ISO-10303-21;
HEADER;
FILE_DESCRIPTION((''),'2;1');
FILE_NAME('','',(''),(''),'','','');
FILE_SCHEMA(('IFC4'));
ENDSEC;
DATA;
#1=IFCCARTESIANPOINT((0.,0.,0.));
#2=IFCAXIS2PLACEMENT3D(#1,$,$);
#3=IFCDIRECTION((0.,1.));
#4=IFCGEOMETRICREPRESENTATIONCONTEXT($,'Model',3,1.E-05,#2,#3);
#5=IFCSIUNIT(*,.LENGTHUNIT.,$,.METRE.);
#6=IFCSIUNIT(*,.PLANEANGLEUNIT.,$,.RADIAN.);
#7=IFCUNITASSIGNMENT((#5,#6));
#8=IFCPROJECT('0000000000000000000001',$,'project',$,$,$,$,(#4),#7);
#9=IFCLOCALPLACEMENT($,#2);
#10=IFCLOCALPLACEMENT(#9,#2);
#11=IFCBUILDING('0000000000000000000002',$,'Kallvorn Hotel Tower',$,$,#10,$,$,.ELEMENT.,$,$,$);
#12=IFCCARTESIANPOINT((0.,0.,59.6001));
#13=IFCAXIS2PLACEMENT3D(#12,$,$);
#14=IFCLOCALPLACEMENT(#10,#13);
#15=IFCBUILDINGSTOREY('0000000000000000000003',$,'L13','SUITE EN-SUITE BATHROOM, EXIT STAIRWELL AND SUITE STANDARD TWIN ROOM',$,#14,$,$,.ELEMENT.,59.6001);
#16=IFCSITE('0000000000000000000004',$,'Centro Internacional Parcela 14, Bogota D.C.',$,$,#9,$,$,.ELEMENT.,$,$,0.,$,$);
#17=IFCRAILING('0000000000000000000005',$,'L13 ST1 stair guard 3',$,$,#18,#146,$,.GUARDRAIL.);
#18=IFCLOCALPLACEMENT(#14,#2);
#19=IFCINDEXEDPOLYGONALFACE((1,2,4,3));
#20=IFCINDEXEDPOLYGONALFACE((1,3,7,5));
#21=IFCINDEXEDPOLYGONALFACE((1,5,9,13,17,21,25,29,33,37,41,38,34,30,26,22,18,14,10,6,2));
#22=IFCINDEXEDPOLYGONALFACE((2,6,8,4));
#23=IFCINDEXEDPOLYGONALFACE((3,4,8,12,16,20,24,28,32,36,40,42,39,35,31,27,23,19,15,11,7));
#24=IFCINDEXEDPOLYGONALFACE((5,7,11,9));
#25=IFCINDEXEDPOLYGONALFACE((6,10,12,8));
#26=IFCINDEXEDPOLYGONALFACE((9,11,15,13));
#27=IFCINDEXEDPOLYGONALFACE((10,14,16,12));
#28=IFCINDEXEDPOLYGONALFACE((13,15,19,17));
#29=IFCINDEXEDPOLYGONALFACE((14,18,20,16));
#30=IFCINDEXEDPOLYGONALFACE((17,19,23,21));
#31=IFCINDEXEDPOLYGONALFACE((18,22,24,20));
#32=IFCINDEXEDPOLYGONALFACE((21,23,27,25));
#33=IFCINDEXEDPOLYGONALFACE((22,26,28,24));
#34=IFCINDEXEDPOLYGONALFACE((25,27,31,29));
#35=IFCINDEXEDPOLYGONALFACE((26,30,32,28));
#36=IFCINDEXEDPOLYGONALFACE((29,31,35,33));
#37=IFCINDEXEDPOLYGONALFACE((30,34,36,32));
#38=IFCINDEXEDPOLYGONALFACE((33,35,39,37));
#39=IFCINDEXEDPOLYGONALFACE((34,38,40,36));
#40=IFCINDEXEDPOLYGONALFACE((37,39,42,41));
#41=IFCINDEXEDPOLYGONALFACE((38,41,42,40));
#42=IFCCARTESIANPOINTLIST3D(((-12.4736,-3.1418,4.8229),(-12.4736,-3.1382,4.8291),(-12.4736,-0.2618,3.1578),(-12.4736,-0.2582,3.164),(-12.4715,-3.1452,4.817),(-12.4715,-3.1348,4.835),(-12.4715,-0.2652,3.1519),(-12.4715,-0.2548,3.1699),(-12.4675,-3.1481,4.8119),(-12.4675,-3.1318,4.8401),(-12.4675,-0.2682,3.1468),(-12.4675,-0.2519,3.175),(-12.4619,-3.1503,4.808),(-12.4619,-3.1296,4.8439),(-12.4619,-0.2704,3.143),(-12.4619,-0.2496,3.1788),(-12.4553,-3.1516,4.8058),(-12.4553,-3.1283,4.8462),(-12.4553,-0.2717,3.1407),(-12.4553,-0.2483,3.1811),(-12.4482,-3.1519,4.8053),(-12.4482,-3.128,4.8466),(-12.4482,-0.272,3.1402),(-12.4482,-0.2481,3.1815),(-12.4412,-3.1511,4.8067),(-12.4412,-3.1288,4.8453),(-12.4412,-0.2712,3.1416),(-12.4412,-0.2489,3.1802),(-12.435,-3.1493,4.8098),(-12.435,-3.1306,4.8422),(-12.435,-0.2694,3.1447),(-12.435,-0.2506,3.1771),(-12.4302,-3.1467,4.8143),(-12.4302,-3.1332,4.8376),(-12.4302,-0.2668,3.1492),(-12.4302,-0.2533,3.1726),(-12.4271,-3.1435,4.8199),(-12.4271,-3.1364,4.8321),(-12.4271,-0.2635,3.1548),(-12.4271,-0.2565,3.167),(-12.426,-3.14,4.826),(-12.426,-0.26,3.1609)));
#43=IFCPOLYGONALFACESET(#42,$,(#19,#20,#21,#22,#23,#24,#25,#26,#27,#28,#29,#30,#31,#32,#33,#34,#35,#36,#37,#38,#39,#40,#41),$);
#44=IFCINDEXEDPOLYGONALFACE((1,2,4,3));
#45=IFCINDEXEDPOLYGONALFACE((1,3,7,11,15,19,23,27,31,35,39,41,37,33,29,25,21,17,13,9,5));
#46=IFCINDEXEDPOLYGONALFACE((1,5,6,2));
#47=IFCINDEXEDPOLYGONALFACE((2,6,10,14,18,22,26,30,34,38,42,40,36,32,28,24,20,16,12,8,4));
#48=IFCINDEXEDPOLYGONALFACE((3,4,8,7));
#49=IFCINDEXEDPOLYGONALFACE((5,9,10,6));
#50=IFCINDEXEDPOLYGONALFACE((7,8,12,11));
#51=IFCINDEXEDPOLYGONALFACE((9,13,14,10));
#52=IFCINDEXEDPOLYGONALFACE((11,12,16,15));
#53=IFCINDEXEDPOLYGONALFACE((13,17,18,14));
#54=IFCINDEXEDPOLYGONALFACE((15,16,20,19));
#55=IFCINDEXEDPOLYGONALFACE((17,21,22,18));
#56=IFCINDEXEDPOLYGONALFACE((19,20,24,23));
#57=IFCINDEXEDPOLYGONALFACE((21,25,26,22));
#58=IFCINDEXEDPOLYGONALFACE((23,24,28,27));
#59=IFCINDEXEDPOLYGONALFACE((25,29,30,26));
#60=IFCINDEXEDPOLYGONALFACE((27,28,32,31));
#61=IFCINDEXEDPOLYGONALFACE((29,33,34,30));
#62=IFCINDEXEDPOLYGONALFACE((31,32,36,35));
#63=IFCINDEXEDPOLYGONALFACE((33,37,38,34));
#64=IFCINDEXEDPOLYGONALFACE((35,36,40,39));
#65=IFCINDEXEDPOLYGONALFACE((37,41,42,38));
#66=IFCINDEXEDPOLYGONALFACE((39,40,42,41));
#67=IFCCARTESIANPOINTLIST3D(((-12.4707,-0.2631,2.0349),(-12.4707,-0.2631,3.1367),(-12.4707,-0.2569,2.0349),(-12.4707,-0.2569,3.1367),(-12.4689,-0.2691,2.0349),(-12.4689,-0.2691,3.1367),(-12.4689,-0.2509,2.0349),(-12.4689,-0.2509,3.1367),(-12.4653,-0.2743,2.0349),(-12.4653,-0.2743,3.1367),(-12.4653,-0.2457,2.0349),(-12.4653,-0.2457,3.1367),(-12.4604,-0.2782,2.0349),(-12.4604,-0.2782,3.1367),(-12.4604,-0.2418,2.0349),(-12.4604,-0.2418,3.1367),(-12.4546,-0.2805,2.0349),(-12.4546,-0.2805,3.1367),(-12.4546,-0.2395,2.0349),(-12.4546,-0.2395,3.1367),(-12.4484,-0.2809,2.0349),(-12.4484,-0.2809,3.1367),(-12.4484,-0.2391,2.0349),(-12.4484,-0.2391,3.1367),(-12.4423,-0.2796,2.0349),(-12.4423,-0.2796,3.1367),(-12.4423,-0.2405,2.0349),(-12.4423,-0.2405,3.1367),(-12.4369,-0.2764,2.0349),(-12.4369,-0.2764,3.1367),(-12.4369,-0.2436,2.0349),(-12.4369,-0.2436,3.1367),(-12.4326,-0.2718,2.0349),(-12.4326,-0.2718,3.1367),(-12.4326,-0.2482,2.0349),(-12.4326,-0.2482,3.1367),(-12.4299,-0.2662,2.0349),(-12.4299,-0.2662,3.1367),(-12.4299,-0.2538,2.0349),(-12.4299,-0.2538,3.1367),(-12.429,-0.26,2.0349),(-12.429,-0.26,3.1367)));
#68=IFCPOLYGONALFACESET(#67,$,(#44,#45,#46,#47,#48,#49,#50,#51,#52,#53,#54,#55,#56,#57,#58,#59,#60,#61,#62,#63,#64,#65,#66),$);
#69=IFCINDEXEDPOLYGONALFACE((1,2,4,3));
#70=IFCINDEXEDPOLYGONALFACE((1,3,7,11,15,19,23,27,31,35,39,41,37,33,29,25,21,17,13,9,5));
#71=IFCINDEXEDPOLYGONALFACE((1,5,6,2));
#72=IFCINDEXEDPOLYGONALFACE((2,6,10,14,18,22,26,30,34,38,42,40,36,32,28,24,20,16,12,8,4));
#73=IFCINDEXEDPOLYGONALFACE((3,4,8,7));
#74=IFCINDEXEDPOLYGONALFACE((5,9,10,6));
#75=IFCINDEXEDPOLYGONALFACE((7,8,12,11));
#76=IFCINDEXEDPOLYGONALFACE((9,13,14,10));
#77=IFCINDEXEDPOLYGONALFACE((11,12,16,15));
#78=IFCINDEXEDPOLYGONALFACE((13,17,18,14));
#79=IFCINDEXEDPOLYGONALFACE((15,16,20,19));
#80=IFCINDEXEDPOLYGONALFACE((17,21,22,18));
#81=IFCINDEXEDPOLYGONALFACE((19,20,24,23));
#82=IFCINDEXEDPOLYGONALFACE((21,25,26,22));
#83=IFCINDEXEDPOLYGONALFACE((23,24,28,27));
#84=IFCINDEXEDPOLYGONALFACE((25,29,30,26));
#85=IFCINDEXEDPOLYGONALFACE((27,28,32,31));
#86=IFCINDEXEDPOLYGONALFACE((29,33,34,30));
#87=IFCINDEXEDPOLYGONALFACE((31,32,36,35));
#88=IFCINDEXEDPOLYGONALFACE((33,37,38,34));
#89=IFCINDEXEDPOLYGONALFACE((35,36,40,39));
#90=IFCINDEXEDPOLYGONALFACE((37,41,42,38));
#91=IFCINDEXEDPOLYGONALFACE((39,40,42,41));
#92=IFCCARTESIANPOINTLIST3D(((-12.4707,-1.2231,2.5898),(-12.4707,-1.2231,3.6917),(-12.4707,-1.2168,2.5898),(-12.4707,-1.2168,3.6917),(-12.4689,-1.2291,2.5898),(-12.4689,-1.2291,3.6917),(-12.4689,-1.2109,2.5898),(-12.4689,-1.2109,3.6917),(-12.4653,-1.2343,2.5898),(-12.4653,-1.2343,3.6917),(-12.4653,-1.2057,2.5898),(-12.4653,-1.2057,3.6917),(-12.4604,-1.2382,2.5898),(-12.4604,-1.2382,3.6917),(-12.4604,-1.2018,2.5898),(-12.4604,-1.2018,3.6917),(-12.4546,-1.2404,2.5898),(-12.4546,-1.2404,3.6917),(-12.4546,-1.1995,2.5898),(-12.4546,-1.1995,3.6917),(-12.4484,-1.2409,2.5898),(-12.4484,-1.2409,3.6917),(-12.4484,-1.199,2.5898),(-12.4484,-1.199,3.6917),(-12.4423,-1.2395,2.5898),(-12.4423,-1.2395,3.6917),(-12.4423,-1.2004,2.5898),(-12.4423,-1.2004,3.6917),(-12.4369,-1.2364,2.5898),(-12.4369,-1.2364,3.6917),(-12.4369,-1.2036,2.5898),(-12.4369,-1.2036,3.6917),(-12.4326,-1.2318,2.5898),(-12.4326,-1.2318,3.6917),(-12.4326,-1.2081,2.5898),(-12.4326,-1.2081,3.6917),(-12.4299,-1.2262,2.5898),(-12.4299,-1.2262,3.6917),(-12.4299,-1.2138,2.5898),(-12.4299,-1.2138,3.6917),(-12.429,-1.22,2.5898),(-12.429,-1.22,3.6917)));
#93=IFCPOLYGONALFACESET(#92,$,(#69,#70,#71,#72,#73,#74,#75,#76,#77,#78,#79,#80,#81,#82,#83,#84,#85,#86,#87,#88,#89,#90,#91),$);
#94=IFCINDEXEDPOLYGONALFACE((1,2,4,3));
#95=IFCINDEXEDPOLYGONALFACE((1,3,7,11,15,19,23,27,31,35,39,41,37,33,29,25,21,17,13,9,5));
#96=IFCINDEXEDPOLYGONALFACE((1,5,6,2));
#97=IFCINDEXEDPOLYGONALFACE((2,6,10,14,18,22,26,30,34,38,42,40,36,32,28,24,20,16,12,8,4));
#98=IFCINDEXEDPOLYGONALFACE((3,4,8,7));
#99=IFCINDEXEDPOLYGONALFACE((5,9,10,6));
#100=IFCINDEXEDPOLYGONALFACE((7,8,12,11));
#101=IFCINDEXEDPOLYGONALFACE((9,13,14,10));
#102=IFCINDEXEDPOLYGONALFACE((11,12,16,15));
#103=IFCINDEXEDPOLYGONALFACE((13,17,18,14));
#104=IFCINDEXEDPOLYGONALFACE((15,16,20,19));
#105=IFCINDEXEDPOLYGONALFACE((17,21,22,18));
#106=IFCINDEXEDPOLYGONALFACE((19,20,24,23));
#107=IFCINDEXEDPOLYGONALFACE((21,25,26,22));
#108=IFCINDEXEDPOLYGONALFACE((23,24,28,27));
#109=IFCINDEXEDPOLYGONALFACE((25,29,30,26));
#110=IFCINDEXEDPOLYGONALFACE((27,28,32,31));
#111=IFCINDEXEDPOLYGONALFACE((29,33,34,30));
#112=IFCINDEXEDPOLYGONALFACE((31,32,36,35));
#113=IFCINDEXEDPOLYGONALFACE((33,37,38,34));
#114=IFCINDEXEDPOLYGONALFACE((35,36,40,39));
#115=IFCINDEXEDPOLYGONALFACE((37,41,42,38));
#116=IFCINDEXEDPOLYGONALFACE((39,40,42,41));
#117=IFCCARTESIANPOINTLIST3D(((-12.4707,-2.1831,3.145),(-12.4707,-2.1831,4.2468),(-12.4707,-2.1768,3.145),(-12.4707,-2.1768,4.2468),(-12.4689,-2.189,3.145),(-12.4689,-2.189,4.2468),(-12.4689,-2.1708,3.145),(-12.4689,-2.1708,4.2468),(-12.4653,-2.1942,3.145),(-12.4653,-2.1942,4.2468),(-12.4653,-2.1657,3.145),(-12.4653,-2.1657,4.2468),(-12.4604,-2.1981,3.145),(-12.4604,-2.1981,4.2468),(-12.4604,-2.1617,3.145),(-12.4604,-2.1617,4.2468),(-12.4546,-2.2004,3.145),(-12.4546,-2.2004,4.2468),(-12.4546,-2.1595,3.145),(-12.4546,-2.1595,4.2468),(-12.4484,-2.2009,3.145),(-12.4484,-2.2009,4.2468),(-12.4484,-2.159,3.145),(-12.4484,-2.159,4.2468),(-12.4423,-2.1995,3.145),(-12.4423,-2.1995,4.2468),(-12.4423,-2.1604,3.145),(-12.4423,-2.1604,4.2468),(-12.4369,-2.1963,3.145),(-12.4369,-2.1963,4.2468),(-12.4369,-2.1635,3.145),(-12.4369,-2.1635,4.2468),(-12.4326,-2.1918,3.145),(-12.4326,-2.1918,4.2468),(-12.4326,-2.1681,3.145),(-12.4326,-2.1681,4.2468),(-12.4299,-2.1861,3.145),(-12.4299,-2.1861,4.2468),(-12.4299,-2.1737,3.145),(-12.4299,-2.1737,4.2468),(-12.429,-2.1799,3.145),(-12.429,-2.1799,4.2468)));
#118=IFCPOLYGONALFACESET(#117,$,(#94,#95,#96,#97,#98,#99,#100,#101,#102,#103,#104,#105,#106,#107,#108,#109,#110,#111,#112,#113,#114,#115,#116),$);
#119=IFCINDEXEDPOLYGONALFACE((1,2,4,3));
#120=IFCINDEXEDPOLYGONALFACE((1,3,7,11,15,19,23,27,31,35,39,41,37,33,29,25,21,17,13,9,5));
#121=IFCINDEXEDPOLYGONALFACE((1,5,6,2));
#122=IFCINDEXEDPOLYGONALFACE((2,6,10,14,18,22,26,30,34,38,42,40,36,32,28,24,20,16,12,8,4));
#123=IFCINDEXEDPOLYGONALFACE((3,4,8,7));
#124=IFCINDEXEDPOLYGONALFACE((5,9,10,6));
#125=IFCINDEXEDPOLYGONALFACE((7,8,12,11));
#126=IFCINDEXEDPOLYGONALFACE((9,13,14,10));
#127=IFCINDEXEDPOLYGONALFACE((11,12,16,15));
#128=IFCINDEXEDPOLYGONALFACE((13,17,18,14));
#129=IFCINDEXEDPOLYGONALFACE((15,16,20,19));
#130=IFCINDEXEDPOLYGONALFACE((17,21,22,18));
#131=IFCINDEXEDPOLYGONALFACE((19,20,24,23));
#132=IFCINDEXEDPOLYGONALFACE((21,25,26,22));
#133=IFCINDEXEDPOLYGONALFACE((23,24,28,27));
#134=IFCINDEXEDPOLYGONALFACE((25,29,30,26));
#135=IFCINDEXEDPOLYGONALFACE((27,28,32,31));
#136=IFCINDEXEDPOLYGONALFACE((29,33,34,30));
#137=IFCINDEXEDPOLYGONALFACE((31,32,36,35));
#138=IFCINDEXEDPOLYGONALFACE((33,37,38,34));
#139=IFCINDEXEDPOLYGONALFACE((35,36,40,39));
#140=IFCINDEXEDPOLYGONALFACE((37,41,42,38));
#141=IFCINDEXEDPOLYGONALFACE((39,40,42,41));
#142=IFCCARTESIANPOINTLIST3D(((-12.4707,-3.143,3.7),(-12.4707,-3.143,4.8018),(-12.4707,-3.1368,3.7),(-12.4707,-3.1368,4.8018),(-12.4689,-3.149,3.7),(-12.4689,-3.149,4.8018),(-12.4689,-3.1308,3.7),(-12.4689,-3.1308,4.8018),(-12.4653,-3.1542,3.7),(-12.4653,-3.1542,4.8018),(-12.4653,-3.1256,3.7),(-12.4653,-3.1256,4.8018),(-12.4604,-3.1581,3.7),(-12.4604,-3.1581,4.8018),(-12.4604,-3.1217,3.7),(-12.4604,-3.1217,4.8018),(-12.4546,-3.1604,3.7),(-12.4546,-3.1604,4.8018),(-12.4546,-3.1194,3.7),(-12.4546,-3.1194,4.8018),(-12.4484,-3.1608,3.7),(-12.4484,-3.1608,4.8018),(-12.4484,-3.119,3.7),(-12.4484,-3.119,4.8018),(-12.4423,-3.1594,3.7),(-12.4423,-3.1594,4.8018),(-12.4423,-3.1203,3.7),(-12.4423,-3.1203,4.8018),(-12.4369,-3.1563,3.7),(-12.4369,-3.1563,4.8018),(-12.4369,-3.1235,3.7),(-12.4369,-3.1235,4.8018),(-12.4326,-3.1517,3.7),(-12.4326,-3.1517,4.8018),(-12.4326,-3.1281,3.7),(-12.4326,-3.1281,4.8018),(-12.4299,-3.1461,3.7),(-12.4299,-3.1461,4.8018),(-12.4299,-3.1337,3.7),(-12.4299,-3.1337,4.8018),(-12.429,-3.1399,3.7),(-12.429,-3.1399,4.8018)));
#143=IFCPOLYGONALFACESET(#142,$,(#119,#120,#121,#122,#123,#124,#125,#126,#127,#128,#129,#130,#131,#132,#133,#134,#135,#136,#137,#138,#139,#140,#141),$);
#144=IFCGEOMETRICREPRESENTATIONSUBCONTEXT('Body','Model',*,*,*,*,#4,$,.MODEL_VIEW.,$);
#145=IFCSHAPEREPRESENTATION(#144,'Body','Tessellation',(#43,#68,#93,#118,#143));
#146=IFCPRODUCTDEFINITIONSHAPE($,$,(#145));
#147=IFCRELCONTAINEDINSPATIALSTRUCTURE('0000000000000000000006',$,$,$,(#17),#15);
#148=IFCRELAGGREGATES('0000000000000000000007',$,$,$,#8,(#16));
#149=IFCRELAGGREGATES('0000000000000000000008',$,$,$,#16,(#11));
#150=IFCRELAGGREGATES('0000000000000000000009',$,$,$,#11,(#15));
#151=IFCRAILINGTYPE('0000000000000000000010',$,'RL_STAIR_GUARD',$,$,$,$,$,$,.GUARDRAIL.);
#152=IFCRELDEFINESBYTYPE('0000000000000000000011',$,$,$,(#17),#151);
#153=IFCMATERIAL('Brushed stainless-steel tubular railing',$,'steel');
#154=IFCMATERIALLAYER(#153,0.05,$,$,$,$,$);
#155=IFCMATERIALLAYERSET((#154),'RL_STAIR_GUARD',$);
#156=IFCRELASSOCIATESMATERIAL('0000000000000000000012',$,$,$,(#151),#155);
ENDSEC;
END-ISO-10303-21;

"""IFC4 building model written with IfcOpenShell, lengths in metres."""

from ifc_helpers import new_model, si_unit, direction, frame, origin, origin_2d, place, context, subcontext, project, spatial, circle, extrude, material, layer, layer_set, type_object, element, save


model = new_model("IFC4")

# Units and contexts
model_context = context("Model", 3, precision=1e-05, world=origin(), true_north=direction((0.0, 1.0)))
body_context = subcontext(model_context, "Body", "Model", "MODEL_VIEW")
ifc_project = project(units=[si_unit("LENGTHUNIT", "METRE"), si_unit("PLANEANGLEUNIT", "RADIAN")], contexts=[model_context])

# Site, building, storey
site_placement = place(None, origin())
site = spatial("IfcSite", under=ifc_project, at=site_placement, Name="Centro Internacional Parcela 14, Bogota D.C.", CompositionType="ELEMENT", RefElevation=0.0)
building_placement = place(site_placement, origin())
building = spatial("IfcBuilding", under=site, at=building_placement, Name="Kallvorn Hotel Tower", CompositionType="ELEMENT")
storey_placement = place(building_placement, frame((0.0, 0.0, 59.6001)))
storey = spatial("IfcBuildingStorey", under=building, at=storey_placement, Name="L13", Description="SUITE EN-SUITE BATHROOM, EXIT STAIRWELL AND SUITE STANDARD TWIN ROOM", CompositionType="ELEMENT", Elevation=59.6001)

# Railing
ifc_material_1 = material(Name="Brushed stainless-steel tubular railing", Category="steel")
ifc_layer_1 = layer(ifc_material_1, 0.05)
ifc_layer_set_1 = layer_set([ifc_layer_1], Name="RL_STAIR_GUARD")
railing_type_1 = type_object("IfcRailingType", Name="RL_STAIR_GUARD", PredefinedType="GUARDRAIL", material=ifc_layer_set_1)
railing_1_placement = place(storey_placement, frame((-12.45, -0.26, 2.0349)))
element("IfcRailing", 1, at=railing_1_placement, inside=storey, type_object=railing_type_1, Name="L13 ST1 stair guard 3", PredefinedType="GUARDRAIL", context=body_context, shape_type="SweptSolid", body=[
    extrude(circle(Radius=0.0239, at=origin_2d()), frame((0.0, 0.0, 1.126), z_axis=(0.0, -0.865721, 0.500527), x_axis=(1.0, 0.0, 0.0)), (0.0, 0.0, 1.0), 3.3267),
    extrude(circle(Radius=0.021, at=origin_2d()), origin(), (0.0, 0.0, 1.0), 1.1018),
    extrude(circle(Radius=0.021, at=origin_2d()), frame((0.0, -0.96, 0.5549)), (0.0, 0.0, 1.0), 1.1018),
    extrude(circle(Radius=0.021, at=origin_2d()), frame((0.0, -1.9199, 1.1101)), (0.0, 0.0, 1.0), 1.1018),
    extrude(circle(Radius=0.021, at=origin_2d()), frame((0.0, -2.8799, 1.665)), (0.0, 0.0, 1.0), 1.1018),
])

save(model, "model.ifc")
